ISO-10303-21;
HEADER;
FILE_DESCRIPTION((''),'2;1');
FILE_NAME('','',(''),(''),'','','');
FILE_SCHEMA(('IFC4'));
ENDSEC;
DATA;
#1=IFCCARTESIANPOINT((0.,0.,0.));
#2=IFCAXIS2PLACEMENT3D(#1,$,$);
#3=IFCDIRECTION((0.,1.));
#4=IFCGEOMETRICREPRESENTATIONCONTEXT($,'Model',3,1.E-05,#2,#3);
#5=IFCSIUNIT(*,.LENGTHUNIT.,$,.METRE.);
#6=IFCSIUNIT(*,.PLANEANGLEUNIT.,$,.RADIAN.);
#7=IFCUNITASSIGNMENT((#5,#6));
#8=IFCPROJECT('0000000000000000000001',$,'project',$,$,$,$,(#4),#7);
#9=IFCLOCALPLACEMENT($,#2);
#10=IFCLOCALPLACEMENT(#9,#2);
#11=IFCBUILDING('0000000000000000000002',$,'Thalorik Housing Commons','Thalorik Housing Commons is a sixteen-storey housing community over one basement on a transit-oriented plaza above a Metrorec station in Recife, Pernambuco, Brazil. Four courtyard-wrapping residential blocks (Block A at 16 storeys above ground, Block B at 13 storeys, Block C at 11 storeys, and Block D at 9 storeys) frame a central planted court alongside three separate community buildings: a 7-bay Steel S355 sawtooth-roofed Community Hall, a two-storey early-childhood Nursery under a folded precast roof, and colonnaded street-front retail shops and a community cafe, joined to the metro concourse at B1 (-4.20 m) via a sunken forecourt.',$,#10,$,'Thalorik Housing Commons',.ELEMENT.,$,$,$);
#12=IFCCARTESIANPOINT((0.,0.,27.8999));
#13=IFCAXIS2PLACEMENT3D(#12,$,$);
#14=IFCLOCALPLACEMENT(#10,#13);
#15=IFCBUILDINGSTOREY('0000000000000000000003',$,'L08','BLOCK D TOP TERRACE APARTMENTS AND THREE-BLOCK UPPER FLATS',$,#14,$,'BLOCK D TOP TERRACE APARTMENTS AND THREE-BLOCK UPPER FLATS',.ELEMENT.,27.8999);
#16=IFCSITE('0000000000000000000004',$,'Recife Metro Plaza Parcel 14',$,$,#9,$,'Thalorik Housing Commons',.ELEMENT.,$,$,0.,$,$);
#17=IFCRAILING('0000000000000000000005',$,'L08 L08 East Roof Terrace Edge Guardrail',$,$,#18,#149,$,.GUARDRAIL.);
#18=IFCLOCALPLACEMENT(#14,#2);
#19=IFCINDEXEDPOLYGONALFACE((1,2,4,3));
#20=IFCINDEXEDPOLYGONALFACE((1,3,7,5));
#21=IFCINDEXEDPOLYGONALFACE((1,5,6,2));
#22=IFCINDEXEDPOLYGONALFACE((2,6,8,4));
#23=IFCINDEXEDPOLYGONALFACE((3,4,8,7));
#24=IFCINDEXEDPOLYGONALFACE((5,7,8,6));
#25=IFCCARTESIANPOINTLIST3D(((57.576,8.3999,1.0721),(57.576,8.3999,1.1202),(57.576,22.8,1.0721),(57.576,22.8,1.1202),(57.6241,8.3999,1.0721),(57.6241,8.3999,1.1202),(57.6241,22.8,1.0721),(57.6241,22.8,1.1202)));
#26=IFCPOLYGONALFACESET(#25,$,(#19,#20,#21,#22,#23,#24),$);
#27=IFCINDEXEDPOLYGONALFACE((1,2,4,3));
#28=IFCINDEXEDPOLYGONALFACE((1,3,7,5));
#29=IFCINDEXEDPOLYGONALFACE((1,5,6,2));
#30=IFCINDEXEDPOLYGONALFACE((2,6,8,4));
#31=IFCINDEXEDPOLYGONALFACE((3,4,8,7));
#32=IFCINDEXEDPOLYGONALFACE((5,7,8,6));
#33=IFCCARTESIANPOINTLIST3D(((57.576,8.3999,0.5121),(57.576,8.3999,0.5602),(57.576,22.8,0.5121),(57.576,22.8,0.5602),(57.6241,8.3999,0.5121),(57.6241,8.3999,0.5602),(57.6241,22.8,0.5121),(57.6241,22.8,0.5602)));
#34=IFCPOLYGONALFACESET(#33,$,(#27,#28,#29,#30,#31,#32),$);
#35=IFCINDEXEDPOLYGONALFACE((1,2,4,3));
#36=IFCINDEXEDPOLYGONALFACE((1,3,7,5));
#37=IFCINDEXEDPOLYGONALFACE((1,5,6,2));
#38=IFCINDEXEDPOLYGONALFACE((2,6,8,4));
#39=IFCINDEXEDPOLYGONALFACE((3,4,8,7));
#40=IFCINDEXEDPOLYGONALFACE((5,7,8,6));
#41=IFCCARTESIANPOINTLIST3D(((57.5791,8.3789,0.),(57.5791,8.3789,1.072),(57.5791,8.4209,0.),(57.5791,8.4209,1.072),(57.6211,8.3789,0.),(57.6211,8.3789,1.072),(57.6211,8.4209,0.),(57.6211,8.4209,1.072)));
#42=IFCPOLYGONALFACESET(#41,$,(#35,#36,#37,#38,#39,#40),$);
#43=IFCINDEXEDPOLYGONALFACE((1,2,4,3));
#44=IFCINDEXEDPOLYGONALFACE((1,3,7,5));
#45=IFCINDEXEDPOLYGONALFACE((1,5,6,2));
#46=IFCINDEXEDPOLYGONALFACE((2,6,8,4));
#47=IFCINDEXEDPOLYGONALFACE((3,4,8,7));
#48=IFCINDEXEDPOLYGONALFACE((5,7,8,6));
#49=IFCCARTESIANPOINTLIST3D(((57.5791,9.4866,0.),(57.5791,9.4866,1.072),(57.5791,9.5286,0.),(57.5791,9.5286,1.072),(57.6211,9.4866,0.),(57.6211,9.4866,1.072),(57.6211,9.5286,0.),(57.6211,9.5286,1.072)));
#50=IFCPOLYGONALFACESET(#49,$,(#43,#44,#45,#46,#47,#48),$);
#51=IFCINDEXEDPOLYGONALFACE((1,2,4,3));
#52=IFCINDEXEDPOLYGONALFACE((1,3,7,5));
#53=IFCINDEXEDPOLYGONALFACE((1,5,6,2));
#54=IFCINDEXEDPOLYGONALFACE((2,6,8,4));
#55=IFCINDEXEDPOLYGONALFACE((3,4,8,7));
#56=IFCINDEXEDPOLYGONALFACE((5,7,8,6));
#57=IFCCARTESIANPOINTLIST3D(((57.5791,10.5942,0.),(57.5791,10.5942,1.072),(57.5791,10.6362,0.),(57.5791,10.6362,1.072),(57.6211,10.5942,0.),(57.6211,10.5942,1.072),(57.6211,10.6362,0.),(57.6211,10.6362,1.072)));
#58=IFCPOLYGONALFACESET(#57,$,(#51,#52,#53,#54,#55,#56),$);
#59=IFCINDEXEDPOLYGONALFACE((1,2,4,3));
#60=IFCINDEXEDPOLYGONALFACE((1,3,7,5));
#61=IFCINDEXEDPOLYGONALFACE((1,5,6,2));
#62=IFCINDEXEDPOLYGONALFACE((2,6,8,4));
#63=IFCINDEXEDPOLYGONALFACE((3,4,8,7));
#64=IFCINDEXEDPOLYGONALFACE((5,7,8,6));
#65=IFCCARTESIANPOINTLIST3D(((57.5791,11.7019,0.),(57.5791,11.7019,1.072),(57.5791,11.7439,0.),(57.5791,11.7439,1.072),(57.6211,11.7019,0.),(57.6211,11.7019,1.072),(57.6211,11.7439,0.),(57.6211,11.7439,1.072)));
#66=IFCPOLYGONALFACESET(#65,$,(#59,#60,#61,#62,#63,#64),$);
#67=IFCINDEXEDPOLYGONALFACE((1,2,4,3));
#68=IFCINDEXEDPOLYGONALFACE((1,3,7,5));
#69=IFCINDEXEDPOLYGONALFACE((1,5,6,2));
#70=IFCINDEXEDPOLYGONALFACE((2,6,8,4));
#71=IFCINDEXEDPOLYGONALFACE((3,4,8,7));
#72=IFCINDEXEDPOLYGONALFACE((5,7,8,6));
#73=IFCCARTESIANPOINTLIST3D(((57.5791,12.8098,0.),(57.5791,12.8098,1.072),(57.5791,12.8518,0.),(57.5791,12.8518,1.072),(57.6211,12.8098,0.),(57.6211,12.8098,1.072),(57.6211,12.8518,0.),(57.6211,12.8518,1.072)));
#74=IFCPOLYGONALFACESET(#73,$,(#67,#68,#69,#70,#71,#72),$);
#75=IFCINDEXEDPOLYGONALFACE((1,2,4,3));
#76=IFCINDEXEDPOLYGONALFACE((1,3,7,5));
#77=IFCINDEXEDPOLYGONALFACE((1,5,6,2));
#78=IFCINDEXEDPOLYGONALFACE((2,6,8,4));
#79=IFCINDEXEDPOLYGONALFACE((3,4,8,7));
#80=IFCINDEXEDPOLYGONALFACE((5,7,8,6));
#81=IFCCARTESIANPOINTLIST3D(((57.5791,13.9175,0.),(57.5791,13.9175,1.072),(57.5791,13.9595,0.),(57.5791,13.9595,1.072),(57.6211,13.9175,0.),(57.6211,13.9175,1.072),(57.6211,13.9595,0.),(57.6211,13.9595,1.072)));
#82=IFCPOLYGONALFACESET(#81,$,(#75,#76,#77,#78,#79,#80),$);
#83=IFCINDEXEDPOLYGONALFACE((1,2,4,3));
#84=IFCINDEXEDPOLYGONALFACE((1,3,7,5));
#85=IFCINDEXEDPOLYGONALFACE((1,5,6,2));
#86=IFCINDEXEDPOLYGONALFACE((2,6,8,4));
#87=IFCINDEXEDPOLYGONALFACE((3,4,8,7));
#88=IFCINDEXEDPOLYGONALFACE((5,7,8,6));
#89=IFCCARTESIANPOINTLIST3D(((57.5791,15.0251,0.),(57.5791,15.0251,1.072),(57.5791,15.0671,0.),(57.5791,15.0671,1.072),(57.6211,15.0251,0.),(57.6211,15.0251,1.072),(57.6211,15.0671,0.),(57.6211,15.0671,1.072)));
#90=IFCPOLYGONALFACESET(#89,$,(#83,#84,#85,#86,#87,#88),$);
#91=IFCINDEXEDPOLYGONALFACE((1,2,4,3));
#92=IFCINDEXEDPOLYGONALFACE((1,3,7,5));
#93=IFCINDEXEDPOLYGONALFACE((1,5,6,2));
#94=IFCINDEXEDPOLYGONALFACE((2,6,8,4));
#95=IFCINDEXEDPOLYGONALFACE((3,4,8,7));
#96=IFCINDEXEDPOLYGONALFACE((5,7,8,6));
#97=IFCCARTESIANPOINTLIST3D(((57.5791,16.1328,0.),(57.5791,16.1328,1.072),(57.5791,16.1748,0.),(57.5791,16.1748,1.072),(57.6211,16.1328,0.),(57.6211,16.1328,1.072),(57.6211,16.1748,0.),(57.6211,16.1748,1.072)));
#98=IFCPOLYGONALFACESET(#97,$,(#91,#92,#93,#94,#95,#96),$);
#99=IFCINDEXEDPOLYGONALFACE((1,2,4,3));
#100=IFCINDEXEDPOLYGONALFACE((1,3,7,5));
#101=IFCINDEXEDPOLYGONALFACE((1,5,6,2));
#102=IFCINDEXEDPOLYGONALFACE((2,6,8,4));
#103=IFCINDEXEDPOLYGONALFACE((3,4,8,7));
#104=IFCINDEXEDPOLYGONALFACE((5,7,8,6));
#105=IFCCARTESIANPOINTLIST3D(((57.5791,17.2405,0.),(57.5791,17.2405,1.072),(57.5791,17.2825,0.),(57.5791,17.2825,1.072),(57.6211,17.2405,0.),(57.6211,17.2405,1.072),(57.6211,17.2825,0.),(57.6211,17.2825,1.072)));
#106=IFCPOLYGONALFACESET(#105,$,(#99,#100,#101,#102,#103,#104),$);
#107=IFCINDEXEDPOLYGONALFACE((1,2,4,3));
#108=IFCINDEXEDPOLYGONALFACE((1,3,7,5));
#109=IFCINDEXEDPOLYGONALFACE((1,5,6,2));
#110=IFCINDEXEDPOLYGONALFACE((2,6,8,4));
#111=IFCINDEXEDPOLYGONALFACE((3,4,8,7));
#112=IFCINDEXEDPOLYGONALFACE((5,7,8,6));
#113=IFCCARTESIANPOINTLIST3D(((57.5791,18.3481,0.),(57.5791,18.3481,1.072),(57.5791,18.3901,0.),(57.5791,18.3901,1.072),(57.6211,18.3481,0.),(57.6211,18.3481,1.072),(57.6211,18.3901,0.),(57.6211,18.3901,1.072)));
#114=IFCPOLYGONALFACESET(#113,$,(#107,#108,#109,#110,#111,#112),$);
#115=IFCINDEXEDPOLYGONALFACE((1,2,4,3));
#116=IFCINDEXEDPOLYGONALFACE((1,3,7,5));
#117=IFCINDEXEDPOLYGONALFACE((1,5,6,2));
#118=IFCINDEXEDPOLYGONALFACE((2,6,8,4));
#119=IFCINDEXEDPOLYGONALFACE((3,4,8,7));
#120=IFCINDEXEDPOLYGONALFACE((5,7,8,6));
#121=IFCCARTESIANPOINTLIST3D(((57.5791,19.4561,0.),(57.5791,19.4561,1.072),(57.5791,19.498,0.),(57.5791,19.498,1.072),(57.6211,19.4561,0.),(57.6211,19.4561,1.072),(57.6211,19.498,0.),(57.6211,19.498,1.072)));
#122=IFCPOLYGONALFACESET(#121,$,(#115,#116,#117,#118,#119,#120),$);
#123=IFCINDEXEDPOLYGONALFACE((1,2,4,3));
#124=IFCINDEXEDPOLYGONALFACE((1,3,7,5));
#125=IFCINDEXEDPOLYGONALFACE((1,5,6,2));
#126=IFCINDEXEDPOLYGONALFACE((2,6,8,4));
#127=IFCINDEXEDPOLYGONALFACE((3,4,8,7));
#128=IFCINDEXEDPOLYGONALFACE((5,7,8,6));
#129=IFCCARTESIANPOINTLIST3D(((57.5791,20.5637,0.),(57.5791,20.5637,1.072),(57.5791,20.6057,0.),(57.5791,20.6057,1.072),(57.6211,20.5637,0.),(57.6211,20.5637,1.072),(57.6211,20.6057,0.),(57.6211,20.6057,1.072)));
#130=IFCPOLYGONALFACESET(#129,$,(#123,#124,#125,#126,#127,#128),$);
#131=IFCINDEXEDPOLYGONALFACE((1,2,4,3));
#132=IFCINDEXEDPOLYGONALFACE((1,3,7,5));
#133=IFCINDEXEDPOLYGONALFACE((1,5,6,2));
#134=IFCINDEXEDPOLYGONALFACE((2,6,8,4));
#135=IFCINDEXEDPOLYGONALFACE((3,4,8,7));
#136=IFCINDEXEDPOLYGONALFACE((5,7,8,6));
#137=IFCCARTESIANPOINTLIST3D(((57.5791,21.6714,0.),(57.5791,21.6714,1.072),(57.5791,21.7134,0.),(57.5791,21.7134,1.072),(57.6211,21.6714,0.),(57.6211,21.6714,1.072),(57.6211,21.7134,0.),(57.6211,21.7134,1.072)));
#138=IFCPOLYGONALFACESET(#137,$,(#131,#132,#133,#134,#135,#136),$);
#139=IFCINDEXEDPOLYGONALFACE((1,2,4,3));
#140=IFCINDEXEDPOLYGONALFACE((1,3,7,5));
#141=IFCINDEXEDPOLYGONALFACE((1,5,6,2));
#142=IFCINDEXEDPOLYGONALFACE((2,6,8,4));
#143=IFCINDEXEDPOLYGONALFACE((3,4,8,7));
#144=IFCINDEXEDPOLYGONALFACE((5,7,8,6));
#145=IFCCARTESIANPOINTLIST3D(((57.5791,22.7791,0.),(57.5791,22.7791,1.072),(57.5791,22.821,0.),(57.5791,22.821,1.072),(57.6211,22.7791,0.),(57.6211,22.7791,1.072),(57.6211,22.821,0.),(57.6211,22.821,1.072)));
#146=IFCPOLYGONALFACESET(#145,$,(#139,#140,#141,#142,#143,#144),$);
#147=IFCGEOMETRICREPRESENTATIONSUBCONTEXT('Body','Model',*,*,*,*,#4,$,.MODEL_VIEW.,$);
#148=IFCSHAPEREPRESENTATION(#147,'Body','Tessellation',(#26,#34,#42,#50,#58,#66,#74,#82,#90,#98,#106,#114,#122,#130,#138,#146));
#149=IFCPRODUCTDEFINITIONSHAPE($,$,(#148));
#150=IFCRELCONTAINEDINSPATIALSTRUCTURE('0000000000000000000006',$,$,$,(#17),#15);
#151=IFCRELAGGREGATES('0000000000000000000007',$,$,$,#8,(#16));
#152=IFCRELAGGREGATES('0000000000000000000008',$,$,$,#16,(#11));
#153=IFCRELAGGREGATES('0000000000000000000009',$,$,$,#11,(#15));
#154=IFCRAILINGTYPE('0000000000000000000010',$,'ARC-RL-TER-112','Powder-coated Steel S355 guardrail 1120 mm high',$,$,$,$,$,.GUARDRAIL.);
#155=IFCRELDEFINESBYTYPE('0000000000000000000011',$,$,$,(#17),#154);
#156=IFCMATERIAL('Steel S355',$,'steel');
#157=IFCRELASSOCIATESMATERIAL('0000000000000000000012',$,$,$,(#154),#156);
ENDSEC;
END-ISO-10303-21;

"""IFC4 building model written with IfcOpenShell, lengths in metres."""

from ifc_helpers import new_model, si_unit, direction, frame, origin, origin_2d, place, context, subcontext, project, spatial, rectangle, extrude, material, type_object, element, save


model = new_model("IFC4")

# Units and contexts
model_context = context("Model", 3, precision=1e-05, world=origin(), true_north=direction((0.0, 1.0)))
body_context = subcontext(model_context, "Body", "Model", "MODEL_VIEW")
ifc_project = project(units=[si_unit("LENGTHUNIT", "METRE"), si_unit("PLANEANGLEUNIT", "RADIAN")], contexts=[model_context])

# Site, building, storey
site_placement = place(None, origin())
site = spatial("IfcSite", under=ifc_project, at=site_placement, Name="Recife Metro Plaza Parcel 14", LongName="Thalorik Housing Commons", CompositionType="ELEMENT", RefElevation=0.0)
building_placement = place(site_placement, origin())
building = spatial("IfcBuilding", under=site, at=building_placement, Name="Thalorik Housing Commons", Description="Thalorik Housing Commons is a sixteen-storey housing community over one basement on a transit-oriented plaza above a Metrorec station in Recife, Pernambuco, Brazil. Four courtyard-wrapping residential blocks (Block A at 16 storeys above ground, Block B at 13 storeys, Block C at 11 storeys, and Block D at 9 storeys) frame a central planted court alongside three separate community buildings: a 7-bay Steel S355 sawtooth-roofed Community Hall, a two-storey early-childhood Nursery under a folded precast roof, and colonnaded street-front retail shops and a community cafe, joined to the metro concourse at B1 (-4.20 m) via a sunken forecourt.", LongName="Thalorik Housing Commons", CompositionType="ELEMENT")
storey_placement = place(building_placement, frame((0.0, 0.0, 27.8999)))
storey = spatial("IfcBuildingStorey", under=building, at=storey_placement, Name="L08", Description="BLOCK D TOP TERRACE APARTMENTS AND THREE-BLOCK UPPER FLATS", LongName="BLOCK D TOP TERRACE APARTMENTS AND THREE-BLOCK UPPER FLATS", CompositionType="ELEMENT", Elevation=27.8999)

# Railing
ifc_material_1 = material(Name="Steel S355", Category="steel")
railing_type_1 = type_object("IfcRailingType", Name="ARC-RL-TER-112", Description="Powder-coated Steel S355 guardrail 1120 mm high", PredefinedType="GUARDRAIL", material=ifc_material_1)
railing_1_placement = place(storey_placement, frame((57.6001, 8.3999, 0.0)))
element("IfcRailing", 1, at=railing_1_placement, inside=storey, type_object=railing_type_1, Name="L08 L08 East Roof Terrace Edge Guardrail", PredefinedType="GUARDRAIL", context=body_context, shape_type="SweptSolid", body=[
    extrude(rectangle(XDim=0.0481, YDim=0.0481, at=origin_2d()), frame((0.0, 0.0, 1.0962), z_axis=(0.0, 1.0, 0.0), x_axis=(-1.0, 0.0, 0.0)), (0.0, 0.0, 1.0), 14.4001),
    extrude(rectangle(XDim=0.0481, YDim=0.0481, at=origin_2d()), frame((0.0, 0.0, 0.5361), z_axis=(0.0, 1.0, 0.0), x_axis=(-1.0, 0.0, 0.0)), (0.0, 0.0, 1.0), 14.4001),
    extrude(rectangle(XDim=0.042, YDim=0.042, at=origin_2d()), origin(), (0.0, 0.0, 1.0), 1.072),
    extrude(rectangle(XDim=0.042, YDim=0.042, at=origin_2d()), frame((0.0, 1.1077, 0.0)), (0.0, 0.0, 1.0), 1.072),
    extrude(rectangle(XDim=0.042, YDim=0.042, at=origin_2d()), frame((0.0, 2.2153, 0.0)), (0.0, 0.0, 1.0), 1.072),
    extrude(rectangle(XDim=0.042, YDim=0.042, at=origin_2d()), frame((0.0, 3.323, 0.0)), (0.0, 0.0, 1.0), 1.072),
    extrude(rectangle(XDim=0.042, YDim=0.042, at=origin_2d()), frame((0.0, 4.4309, 0.0)), (0.0, 0.0, 1.0), 1.072),
    extrude(rectangle(XDim=0.042, YDim=0.042, at=origin_2d()), frame((0.0, 5.5386, 0.0)), (0.0, 0.0, 1.0), 1.072),
    extrude(rectangle(XDim=0.042, YDim=0.042, at=origin_2d()), frame((0.0, 6.6462, 0.0)), (0.0, 0.0, 1.0), 1.072),
    extrude(rectangle(XDim=0.042, YDim=0.042, at=origin_2d()), frame((0.0, 7.7539, 0.0)), (0.0, 0.0, 1.0), 1.072),
    extrude(rectangle(XDim=0.042, YDim=0.042, at=origin_2d()), frame((0.0, 8.8616, 0.0)), (0.0, 0.0, 1.0), 1.072),
    extrude(rectangle(XDim=0.042, YDim=0.042, at=origin_2d()), frame((0.0, 9.9692, 0.0)), (0.0, 0.0, 1.0), 1.072),
    extrude(rectangle(XDim=0.042, YDim=0.042, at=origin_2d()), frame((0.0, 11.0771, 0.0)), (0.0, 0.0, 1.0), 1.072),
    extrude(rectangle(XDim=0.042, YDim=0.042, at=origin_2d()), frame((0.0, 12.1848, 0.0)), (0.0, 0.0, 1.0), 1.072),
    extrude(rectangle(XDim=0.042, YDim=0.042, at=origin_2d()), frame((0.0, 13.2925, 0.0)), (0.0, 0.0, 1.0), 1.072),
    extrude(rectangle(XDim=0.042, YDim=0.042, at=origin_2d()), frame((0.0, 14.4001, 0.0)), (0.0, 0.0, 1.0), 1.072),
])

save(model, "model.ifc")
